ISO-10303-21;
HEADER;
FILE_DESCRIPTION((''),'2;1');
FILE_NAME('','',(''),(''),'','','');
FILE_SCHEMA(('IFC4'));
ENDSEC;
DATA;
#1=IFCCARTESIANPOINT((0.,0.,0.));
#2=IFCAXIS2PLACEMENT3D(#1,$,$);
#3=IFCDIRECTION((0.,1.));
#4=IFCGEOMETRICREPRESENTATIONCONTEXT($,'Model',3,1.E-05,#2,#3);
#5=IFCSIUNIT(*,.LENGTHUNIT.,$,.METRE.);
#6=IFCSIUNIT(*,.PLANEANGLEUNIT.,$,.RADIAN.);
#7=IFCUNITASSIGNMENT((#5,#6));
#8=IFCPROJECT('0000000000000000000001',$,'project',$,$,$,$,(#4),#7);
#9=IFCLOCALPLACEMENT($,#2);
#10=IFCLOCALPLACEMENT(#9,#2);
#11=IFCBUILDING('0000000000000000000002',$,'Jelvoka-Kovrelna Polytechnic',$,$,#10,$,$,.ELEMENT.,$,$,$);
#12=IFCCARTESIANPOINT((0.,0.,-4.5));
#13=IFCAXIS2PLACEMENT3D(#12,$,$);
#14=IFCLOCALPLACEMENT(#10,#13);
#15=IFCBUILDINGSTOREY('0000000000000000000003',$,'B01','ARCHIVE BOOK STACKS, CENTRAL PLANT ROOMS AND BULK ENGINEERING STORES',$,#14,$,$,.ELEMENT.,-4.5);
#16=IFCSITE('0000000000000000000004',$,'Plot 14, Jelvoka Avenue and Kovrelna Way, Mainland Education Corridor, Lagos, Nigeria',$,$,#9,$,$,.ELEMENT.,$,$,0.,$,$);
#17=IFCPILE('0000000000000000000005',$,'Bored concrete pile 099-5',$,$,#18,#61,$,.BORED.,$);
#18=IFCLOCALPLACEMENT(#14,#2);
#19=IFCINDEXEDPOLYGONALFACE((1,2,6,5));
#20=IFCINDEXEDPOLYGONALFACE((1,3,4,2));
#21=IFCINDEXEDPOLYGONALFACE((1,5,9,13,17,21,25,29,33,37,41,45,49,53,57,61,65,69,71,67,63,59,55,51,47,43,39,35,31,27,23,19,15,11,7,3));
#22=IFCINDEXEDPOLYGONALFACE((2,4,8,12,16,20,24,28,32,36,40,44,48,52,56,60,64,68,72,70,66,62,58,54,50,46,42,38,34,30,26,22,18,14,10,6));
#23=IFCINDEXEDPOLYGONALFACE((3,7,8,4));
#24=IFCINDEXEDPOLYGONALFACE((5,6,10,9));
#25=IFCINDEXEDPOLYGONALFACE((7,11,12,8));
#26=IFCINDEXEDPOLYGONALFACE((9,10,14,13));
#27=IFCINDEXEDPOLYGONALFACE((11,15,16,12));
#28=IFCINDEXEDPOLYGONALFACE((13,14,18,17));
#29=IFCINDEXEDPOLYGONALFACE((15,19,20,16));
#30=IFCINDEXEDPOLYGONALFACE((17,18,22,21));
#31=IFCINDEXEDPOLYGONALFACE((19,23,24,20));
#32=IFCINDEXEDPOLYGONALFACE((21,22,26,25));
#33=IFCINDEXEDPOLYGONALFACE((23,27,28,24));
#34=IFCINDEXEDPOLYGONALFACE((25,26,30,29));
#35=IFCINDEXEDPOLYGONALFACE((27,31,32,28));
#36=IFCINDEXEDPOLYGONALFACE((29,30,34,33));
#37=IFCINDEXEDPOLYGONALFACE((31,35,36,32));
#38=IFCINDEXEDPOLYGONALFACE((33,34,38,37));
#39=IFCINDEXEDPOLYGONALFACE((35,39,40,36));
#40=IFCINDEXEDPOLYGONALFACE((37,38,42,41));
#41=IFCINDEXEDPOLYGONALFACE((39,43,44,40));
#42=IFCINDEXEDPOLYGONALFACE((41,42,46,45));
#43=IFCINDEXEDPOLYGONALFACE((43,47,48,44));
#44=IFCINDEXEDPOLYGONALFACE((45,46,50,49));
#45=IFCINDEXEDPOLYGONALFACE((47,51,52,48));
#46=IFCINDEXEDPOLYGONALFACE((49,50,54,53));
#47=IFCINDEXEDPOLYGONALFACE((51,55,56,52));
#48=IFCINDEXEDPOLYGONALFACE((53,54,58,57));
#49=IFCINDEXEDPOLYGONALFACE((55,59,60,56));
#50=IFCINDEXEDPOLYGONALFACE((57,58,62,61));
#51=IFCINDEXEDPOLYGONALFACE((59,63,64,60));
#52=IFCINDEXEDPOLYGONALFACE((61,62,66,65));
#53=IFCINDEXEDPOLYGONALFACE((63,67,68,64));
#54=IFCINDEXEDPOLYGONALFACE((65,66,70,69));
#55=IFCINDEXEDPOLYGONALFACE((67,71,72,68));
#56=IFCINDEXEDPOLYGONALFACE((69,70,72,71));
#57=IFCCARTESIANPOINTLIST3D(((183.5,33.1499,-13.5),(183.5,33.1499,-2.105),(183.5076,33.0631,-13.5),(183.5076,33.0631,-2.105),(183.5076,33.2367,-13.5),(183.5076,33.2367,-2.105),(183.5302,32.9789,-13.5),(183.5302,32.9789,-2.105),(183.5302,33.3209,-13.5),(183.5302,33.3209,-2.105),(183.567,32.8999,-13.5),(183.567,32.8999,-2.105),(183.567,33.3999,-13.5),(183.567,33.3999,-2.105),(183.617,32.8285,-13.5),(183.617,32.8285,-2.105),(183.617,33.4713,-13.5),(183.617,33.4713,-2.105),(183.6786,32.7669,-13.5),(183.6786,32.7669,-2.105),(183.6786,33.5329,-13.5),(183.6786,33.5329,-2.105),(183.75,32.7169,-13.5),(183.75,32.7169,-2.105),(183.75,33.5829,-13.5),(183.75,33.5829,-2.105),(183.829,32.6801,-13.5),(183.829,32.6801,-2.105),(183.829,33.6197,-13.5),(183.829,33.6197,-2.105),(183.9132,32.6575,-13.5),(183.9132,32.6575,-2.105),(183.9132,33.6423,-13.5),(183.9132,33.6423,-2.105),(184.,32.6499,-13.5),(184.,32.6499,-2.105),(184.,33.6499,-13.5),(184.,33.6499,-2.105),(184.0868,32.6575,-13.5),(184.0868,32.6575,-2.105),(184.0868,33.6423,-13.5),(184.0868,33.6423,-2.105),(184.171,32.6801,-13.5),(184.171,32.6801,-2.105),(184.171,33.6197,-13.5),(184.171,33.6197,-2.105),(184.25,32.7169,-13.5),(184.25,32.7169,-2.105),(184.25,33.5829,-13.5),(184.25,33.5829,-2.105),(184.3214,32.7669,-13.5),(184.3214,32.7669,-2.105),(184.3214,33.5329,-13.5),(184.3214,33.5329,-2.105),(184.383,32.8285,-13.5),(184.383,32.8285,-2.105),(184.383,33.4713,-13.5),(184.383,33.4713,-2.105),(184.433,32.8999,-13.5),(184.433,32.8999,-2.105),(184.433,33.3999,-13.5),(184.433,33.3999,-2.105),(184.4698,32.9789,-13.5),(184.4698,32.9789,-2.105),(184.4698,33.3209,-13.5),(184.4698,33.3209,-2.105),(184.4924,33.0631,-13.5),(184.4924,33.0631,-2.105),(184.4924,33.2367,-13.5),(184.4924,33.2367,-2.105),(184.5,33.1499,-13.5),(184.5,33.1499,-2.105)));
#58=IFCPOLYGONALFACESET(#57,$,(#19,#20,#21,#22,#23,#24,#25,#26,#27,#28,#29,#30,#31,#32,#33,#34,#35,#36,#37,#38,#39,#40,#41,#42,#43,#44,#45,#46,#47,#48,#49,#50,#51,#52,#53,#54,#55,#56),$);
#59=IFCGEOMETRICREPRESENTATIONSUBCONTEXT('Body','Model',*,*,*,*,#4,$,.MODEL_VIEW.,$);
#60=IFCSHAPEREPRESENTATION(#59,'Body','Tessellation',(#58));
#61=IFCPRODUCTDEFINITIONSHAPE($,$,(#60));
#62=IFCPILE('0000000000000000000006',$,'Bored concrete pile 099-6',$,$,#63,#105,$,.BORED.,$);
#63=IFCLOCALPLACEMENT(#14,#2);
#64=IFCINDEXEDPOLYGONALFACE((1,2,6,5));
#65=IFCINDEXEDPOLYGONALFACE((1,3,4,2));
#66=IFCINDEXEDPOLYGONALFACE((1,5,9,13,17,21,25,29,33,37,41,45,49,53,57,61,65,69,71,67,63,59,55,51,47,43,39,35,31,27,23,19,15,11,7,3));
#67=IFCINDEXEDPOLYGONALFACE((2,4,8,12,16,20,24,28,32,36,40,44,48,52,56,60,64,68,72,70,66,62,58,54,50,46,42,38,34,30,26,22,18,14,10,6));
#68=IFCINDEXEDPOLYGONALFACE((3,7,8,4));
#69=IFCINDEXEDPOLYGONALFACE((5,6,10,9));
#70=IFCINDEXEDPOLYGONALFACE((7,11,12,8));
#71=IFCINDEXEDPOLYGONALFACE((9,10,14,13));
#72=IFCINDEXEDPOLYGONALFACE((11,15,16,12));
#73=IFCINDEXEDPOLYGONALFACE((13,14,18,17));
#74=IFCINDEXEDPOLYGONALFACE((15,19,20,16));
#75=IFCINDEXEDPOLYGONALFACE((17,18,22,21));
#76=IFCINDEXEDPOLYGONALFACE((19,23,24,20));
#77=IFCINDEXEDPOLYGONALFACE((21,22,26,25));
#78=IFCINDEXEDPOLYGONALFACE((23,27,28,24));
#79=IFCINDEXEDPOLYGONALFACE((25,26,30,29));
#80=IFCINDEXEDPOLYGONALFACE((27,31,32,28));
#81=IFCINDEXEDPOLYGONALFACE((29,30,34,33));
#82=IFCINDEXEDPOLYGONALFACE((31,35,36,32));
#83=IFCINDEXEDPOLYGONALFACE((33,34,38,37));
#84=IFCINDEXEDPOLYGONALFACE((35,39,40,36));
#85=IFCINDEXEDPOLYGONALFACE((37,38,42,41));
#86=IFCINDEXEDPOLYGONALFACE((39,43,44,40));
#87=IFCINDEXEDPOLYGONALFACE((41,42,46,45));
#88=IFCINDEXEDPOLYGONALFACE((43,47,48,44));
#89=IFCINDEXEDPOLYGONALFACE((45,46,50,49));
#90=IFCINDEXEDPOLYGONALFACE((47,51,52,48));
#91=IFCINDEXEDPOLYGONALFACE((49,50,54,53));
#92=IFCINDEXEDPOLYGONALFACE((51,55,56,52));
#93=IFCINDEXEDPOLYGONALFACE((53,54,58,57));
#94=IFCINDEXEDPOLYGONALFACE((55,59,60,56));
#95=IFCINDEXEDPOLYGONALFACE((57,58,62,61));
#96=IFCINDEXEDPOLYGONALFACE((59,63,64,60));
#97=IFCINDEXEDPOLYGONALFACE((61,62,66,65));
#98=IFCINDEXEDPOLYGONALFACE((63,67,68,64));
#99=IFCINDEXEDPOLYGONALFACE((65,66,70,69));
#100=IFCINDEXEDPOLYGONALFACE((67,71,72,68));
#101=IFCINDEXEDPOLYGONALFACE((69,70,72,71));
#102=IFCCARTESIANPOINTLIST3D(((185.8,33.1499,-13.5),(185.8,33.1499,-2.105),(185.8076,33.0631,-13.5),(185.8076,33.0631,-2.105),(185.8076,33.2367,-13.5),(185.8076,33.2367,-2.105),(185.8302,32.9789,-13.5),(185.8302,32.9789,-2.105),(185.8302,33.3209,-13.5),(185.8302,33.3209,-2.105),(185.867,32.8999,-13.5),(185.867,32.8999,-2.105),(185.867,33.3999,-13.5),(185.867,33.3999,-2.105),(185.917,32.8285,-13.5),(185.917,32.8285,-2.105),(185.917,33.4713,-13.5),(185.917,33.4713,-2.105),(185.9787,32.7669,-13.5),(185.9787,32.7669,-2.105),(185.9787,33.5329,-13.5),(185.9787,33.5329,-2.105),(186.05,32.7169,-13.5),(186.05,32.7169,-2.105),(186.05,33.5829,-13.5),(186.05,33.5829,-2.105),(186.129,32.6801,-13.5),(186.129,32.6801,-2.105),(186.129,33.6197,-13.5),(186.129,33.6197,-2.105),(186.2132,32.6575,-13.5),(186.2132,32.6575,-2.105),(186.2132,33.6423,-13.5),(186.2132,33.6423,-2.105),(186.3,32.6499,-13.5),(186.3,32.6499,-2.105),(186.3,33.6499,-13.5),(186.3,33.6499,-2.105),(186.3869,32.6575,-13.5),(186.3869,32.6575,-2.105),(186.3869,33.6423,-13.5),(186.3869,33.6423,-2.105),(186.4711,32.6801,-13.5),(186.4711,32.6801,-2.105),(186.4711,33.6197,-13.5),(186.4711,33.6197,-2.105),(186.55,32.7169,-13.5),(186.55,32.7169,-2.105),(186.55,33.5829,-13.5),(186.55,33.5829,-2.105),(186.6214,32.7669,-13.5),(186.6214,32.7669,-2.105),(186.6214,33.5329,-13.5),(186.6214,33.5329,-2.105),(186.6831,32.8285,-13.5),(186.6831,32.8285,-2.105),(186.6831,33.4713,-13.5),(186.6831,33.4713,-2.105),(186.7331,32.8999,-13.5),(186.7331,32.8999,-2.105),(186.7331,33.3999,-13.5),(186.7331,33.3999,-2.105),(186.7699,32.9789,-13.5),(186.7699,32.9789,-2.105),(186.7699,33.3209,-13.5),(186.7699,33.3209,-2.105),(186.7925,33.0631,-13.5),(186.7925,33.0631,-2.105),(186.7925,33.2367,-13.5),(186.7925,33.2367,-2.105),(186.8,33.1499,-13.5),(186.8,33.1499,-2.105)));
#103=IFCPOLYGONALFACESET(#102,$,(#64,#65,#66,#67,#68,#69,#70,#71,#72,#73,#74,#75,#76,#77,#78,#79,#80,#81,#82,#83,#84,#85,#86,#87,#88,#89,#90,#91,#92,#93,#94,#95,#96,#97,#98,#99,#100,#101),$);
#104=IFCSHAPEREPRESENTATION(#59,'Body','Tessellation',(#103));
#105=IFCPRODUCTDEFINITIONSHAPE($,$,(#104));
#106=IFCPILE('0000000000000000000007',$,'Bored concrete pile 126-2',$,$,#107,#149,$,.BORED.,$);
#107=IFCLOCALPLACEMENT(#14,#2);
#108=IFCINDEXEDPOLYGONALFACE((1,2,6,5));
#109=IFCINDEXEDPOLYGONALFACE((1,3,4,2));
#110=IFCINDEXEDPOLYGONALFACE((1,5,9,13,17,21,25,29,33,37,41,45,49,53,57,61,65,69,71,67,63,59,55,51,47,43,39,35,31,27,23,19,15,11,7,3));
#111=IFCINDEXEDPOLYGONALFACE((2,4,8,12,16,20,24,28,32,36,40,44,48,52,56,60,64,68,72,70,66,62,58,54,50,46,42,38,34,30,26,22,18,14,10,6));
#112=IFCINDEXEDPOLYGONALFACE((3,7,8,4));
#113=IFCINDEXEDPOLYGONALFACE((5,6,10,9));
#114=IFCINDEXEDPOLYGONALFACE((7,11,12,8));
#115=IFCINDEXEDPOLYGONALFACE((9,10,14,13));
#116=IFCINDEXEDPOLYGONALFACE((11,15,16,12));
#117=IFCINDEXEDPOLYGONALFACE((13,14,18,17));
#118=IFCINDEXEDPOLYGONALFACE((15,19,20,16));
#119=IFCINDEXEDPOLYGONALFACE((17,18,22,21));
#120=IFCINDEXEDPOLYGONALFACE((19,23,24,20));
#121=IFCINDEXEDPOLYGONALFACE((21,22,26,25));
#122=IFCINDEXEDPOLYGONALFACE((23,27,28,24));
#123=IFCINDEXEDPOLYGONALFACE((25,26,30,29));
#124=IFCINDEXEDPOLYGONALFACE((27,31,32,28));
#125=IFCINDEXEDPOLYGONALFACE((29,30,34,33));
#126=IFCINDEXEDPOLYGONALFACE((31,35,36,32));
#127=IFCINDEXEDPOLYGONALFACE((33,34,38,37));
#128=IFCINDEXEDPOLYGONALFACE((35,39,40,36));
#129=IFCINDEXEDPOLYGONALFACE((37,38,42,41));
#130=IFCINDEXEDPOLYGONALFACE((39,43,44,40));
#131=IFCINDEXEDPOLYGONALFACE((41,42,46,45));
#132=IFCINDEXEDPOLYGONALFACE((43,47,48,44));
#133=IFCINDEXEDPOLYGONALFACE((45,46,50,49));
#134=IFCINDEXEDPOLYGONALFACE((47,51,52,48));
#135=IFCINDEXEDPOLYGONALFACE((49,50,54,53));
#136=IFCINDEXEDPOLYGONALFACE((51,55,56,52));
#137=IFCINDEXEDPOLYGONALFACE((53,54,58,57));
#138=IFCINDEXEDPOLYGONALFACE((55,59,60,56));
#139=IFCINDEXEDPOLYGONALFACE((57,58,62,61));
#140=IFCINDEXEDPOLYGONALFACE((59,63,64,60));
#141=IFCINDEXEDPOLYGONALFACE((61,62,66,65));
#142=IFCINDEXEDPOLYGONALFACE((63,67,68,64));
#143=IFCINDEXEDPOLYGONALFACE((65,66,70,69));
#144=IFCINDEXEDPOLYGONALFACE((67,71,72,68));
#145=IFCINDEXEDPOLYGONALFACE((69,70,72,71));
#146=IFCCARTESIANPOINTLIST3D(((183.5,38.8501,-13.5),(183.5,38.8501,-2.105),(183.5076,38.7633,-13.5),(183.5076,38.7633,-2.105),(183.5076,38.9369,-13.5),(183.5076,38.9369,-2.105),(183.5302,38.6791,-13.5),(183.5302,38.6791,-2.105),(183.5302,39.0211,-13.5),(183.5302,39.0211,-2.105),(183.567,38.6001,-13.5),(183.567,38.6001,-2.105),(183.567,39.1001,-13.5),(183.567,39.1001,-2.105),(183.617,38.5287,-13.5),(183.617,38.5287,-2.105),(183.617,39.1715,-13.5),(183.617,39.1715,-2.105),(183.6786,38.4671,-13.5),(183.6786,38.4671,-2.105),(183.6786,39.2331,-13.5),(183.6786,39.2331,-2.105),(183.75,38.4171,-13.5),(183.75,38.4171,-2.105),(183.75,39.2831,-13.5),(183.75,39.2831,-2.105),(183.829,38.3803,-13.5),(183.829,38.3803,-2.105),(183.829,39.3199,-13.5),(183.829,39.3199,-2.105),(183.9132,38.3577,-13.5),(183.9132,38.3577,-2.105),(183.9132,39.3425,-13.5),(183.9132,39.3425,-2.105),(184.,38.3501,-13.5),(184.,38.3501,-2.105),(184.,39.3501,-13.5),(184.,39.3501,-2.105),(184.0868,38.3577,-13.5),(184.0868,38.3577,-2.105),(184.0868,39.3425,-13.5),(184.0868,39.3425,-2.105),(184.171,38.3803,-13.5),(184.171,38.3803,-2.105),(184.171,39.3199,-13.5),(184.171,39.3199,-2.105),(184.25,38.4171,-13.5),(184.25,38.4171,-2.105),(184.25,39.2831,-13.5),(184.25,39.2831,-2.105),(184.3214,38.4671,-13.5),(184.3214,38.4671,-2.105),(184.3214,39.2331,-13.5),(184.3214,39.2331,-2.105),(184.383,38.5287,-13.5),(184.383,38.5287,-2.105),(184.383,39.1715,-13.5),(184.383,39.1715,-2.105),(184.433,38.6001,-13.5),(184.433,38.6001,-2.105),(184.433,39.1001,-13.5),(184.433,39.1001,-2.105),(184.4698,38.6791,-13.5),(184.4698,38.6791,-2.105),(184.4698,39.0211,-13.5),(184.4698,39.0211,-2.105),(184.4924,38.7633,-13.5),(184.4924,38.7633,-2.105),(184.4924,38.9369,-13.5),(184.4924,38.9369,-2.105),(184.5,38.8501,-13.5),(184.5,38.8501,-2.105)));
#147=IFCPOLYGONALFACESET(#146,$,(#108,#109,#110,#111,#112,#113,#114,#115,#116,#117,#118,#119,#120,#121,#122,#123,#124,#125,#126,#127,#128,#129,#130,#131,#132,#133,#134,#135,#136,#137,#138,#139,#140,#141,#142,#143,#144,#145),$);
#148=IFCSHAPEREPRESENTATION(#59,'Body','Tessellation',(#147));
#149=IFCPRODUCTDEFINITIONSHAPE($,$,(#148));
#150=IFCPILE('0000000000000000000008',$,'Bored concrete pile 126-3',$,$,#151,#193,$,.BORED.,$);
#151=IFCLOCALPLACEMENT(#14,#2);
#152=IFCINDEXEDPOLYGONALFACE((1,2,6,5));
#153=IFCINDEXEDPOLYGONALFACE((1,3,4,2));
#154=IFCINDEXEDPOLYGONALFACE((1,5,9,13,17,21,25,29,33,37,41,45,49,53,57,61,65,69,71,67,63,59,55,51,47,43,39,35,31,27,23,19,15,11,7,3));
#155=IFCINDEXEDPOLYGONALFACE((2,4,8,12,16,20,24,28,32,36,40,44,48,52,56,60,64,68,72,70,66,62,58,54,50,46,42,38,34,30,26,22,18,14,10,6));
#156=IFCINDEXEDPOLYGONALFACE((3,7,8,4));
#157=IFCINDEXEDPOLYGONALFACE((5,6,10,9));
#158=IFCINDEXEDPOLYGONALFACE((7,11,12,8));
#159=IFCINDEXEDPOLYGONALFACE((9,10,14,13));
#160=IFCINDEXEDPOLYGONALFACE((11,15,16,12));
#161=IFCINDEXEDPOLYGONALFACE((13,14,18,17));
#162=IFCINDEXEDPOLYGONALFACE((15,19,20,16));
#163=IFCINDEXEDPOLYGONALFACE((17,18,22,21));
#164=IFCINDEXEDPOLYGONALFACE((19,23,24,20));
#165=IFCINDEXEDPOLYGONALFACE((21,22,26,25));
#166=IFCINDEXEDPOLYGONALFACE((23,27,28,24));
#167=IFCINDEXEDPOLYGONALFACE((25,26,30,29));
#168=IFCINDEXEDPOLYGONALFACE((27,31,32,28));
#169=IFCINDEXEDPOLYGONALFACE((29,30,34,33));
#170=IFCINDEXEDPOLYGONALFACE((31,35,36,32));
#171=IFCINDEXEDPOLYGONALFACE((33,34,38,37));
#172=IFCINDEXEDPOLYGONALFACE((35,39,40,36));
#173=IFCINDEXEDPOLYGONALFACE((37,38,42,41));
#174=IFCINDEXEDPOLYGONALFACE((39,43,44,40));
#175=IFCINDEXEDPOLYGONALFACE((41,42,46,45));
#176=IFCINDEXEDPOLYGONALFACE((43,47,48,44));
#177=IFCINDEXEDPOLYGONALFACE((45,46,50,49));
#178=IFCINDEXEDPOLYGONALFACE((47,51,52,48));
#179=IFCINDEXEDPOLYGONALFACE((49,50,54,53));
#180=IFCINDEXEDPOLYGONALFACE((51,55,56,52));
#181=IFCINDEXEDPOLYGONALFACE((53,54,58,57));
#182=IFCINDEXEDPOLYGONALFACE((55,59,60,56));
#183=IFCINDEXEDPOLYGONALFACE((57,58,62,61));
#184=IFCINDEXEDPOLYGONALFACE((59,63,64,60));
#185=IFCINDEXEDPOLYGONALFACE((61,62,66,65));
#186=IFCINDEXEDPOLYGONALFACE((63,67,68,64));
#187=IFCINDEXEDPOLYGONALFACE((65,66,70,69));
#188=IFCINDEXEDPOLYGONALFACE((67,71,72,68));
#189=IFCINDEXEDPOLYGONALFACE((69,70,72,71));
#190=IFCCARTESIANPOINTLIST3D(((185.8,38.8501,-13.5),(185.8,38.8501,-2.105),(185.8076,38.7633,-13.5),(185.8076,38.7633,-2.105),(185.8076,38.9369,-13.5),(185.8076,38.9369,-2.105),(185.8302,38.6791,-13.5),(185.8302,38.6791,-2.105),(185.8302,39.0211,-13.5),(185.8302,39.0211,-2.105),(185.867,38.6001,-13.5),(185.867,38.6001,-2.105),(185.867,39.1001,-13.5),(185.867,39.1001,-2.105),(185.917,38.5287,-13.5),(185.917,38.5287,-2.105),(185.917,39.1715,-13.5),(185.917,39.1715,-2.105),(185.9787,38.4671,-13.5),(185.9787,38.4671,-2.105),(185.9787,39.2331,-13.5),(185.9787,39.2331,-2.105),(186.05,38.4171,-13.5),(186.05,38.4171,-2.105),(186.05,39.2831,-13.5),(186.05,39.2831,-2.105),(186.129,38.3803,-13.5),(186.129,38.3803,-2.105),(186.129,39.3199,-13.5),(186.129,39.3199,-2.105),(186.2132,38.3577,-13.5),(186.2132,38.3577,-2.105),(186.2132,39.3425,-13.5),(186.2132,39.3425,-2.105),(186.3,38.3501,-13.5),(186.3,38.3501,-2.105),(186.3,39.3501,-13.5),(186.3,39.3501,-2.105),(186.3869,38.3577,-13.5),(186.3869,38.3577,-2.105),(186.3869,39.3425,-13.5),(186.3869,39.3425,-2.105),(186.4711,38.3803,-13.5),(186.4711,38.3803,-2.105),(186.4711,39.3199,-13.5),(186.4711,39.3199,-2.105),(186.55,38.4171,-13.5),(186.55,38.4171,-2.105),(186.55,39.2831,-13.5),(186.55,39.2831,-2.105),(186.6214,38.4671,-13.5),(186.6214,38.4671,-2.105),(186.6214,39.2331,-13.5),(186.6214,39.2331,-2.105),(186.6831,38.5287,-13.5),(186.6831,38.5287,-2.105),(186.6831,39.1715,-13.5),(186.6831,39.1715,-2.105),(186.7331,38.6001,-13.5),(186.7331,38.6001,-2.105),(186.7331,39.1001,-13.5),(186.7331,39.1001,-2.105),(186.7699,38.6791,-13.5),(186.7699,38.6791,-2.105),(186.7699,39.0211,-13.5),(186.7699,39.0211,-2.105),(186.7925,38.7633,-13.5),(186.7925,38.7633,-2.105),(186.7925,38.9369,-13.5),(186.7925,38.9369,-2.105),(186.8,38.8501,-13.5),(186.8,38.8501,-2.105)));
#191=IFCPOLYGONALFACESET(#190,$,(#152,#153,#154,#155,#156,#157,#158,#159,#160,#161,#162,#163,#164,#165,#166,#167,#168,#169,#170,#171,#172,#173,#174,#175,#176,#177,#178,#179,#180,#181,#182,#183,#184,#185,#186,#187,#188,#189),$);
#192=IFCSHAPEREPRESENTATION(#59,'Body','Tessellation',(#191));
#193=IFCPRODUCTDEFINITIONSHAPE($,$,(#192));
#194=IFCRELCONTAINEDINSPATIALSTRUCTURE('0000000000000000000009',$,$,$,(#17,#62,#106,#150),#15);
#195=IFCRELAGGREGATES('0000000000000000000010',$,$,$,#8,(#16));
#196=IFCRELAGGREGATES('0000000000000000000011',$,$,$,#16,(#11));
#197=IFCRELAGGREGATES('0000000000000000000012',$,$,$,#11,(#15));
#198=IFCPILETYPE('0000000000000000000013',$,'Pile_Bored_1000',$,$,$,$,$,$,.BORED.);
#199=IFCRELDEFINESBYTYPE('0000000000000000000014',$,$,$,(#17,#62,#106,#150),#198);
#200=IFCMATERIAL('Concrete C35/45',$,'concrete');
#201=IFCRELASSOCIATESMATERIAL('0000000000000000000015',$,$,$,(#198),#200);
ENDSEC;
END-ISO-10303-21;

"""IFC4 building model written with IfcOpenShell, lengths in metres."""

from ifc_helpers import new_model, si_unit, direction, frame, origin, origin_2d, place, context, subcontext, project, spatial, circle, extrude, material, material_profile, profile_set, type_object, element, save


model = new_model("IFC4")

# Units and contexts
model_context = context("Model", 3, precision=1e-05, world=origin(), true_north=direction((0.0, 1.0)))
body_context = subcontext(model_context, "Body", "Model", "MODEL_VIEW")
ifc_project = project(units=[si_unit("LENGTHUNIT", "METRE"), si_unit("PLANEANGLEUNIT", "RADIAN")], contexts=[model_context])

# Site, building, storey
site_placement = place(None, origin())
site = spatial("IfcSite", under=ifc_project, at=site_placement, Name="Plot 14, Jelvoka Avenue and Kovrelna Way, Mainland Education Corridor, Lagos, Nigeria", CompositionType="ELEMENT", RefElevation=0.0)
building_placement = place(site_placement, origin())
building = spatial("IfcBuilding", under=site, at=building_placement, Name="Jelvoka-Kovrelna Polytechnic", CompositionType="ELEMENT")
storey_placement = place(building_placement, frame((0.0, 0.0, -4.5)))
storey = spatial("IfcBuildingStorey", under=building, at=storey_placement, Name="B01", Description="ARCHIVE BOOK STACKS, CENTRAL PLANT ROOMS AND BULK ENGINEERING STORES", CompositionType="ELEMENT", Elevation=-4.5)

# Piles
ifc_material_1 = material(Name="Concrete C35/45", Category="concrete")
ifc_material_profile_1 = material_profile(ifc_material_1, circle(Radius=0.5, at=origin_2d()), Name="PILE D1000")
ifc_profile_set_1 = profile_set([ifc_material_profile_1], Name="Concrete C35/45")
pile_type_1 = type_object("IfcPileType", Name="Pile_Bored_1000", PredefinedType="BORED", material=ifc_profile_set_1)
for number, where, z_axis, x_axis, name in (
    (1, (184.0, 33.1499, -2.105), (0.0, 0.0, -1.0), (1.0, 0.0, 0.0), "Bored concrete pile 099-5"),
    (2, (186.3, 33.1499, -2.105), (0.0, 0.0, -1.0), (1.0, 0.0, 0.0), "Bored concrete pile 099-6"),
    (3, (184.0, 38.8501, -2.105), (0.0, 0.0, -1.0), (1.0, 0.0, 0.0), "Bored concrete pile 126-2"),
    (4, (186.3, 38.8501, -2.105), (0.0, 0.0, -1.0), (1.0, 0.0, 0.0), "Bored concrete pile 126-3"),
):
    element("IfcPile", number, at=place(storey_placement, frame(where, z_axis=z_axis, x_axis=x_axis)), inside=storey, type_object=pile_type_1, Name=name, PredefinedType="BORED", context=body_context, shape_type="SweptSolid", body=[
        extrude(circle(Radius=0.5, at=origin_2d()), origin(), (0.0, 0.0, 1.0), 11.395),
    ])

save(model, "model.ifc")
